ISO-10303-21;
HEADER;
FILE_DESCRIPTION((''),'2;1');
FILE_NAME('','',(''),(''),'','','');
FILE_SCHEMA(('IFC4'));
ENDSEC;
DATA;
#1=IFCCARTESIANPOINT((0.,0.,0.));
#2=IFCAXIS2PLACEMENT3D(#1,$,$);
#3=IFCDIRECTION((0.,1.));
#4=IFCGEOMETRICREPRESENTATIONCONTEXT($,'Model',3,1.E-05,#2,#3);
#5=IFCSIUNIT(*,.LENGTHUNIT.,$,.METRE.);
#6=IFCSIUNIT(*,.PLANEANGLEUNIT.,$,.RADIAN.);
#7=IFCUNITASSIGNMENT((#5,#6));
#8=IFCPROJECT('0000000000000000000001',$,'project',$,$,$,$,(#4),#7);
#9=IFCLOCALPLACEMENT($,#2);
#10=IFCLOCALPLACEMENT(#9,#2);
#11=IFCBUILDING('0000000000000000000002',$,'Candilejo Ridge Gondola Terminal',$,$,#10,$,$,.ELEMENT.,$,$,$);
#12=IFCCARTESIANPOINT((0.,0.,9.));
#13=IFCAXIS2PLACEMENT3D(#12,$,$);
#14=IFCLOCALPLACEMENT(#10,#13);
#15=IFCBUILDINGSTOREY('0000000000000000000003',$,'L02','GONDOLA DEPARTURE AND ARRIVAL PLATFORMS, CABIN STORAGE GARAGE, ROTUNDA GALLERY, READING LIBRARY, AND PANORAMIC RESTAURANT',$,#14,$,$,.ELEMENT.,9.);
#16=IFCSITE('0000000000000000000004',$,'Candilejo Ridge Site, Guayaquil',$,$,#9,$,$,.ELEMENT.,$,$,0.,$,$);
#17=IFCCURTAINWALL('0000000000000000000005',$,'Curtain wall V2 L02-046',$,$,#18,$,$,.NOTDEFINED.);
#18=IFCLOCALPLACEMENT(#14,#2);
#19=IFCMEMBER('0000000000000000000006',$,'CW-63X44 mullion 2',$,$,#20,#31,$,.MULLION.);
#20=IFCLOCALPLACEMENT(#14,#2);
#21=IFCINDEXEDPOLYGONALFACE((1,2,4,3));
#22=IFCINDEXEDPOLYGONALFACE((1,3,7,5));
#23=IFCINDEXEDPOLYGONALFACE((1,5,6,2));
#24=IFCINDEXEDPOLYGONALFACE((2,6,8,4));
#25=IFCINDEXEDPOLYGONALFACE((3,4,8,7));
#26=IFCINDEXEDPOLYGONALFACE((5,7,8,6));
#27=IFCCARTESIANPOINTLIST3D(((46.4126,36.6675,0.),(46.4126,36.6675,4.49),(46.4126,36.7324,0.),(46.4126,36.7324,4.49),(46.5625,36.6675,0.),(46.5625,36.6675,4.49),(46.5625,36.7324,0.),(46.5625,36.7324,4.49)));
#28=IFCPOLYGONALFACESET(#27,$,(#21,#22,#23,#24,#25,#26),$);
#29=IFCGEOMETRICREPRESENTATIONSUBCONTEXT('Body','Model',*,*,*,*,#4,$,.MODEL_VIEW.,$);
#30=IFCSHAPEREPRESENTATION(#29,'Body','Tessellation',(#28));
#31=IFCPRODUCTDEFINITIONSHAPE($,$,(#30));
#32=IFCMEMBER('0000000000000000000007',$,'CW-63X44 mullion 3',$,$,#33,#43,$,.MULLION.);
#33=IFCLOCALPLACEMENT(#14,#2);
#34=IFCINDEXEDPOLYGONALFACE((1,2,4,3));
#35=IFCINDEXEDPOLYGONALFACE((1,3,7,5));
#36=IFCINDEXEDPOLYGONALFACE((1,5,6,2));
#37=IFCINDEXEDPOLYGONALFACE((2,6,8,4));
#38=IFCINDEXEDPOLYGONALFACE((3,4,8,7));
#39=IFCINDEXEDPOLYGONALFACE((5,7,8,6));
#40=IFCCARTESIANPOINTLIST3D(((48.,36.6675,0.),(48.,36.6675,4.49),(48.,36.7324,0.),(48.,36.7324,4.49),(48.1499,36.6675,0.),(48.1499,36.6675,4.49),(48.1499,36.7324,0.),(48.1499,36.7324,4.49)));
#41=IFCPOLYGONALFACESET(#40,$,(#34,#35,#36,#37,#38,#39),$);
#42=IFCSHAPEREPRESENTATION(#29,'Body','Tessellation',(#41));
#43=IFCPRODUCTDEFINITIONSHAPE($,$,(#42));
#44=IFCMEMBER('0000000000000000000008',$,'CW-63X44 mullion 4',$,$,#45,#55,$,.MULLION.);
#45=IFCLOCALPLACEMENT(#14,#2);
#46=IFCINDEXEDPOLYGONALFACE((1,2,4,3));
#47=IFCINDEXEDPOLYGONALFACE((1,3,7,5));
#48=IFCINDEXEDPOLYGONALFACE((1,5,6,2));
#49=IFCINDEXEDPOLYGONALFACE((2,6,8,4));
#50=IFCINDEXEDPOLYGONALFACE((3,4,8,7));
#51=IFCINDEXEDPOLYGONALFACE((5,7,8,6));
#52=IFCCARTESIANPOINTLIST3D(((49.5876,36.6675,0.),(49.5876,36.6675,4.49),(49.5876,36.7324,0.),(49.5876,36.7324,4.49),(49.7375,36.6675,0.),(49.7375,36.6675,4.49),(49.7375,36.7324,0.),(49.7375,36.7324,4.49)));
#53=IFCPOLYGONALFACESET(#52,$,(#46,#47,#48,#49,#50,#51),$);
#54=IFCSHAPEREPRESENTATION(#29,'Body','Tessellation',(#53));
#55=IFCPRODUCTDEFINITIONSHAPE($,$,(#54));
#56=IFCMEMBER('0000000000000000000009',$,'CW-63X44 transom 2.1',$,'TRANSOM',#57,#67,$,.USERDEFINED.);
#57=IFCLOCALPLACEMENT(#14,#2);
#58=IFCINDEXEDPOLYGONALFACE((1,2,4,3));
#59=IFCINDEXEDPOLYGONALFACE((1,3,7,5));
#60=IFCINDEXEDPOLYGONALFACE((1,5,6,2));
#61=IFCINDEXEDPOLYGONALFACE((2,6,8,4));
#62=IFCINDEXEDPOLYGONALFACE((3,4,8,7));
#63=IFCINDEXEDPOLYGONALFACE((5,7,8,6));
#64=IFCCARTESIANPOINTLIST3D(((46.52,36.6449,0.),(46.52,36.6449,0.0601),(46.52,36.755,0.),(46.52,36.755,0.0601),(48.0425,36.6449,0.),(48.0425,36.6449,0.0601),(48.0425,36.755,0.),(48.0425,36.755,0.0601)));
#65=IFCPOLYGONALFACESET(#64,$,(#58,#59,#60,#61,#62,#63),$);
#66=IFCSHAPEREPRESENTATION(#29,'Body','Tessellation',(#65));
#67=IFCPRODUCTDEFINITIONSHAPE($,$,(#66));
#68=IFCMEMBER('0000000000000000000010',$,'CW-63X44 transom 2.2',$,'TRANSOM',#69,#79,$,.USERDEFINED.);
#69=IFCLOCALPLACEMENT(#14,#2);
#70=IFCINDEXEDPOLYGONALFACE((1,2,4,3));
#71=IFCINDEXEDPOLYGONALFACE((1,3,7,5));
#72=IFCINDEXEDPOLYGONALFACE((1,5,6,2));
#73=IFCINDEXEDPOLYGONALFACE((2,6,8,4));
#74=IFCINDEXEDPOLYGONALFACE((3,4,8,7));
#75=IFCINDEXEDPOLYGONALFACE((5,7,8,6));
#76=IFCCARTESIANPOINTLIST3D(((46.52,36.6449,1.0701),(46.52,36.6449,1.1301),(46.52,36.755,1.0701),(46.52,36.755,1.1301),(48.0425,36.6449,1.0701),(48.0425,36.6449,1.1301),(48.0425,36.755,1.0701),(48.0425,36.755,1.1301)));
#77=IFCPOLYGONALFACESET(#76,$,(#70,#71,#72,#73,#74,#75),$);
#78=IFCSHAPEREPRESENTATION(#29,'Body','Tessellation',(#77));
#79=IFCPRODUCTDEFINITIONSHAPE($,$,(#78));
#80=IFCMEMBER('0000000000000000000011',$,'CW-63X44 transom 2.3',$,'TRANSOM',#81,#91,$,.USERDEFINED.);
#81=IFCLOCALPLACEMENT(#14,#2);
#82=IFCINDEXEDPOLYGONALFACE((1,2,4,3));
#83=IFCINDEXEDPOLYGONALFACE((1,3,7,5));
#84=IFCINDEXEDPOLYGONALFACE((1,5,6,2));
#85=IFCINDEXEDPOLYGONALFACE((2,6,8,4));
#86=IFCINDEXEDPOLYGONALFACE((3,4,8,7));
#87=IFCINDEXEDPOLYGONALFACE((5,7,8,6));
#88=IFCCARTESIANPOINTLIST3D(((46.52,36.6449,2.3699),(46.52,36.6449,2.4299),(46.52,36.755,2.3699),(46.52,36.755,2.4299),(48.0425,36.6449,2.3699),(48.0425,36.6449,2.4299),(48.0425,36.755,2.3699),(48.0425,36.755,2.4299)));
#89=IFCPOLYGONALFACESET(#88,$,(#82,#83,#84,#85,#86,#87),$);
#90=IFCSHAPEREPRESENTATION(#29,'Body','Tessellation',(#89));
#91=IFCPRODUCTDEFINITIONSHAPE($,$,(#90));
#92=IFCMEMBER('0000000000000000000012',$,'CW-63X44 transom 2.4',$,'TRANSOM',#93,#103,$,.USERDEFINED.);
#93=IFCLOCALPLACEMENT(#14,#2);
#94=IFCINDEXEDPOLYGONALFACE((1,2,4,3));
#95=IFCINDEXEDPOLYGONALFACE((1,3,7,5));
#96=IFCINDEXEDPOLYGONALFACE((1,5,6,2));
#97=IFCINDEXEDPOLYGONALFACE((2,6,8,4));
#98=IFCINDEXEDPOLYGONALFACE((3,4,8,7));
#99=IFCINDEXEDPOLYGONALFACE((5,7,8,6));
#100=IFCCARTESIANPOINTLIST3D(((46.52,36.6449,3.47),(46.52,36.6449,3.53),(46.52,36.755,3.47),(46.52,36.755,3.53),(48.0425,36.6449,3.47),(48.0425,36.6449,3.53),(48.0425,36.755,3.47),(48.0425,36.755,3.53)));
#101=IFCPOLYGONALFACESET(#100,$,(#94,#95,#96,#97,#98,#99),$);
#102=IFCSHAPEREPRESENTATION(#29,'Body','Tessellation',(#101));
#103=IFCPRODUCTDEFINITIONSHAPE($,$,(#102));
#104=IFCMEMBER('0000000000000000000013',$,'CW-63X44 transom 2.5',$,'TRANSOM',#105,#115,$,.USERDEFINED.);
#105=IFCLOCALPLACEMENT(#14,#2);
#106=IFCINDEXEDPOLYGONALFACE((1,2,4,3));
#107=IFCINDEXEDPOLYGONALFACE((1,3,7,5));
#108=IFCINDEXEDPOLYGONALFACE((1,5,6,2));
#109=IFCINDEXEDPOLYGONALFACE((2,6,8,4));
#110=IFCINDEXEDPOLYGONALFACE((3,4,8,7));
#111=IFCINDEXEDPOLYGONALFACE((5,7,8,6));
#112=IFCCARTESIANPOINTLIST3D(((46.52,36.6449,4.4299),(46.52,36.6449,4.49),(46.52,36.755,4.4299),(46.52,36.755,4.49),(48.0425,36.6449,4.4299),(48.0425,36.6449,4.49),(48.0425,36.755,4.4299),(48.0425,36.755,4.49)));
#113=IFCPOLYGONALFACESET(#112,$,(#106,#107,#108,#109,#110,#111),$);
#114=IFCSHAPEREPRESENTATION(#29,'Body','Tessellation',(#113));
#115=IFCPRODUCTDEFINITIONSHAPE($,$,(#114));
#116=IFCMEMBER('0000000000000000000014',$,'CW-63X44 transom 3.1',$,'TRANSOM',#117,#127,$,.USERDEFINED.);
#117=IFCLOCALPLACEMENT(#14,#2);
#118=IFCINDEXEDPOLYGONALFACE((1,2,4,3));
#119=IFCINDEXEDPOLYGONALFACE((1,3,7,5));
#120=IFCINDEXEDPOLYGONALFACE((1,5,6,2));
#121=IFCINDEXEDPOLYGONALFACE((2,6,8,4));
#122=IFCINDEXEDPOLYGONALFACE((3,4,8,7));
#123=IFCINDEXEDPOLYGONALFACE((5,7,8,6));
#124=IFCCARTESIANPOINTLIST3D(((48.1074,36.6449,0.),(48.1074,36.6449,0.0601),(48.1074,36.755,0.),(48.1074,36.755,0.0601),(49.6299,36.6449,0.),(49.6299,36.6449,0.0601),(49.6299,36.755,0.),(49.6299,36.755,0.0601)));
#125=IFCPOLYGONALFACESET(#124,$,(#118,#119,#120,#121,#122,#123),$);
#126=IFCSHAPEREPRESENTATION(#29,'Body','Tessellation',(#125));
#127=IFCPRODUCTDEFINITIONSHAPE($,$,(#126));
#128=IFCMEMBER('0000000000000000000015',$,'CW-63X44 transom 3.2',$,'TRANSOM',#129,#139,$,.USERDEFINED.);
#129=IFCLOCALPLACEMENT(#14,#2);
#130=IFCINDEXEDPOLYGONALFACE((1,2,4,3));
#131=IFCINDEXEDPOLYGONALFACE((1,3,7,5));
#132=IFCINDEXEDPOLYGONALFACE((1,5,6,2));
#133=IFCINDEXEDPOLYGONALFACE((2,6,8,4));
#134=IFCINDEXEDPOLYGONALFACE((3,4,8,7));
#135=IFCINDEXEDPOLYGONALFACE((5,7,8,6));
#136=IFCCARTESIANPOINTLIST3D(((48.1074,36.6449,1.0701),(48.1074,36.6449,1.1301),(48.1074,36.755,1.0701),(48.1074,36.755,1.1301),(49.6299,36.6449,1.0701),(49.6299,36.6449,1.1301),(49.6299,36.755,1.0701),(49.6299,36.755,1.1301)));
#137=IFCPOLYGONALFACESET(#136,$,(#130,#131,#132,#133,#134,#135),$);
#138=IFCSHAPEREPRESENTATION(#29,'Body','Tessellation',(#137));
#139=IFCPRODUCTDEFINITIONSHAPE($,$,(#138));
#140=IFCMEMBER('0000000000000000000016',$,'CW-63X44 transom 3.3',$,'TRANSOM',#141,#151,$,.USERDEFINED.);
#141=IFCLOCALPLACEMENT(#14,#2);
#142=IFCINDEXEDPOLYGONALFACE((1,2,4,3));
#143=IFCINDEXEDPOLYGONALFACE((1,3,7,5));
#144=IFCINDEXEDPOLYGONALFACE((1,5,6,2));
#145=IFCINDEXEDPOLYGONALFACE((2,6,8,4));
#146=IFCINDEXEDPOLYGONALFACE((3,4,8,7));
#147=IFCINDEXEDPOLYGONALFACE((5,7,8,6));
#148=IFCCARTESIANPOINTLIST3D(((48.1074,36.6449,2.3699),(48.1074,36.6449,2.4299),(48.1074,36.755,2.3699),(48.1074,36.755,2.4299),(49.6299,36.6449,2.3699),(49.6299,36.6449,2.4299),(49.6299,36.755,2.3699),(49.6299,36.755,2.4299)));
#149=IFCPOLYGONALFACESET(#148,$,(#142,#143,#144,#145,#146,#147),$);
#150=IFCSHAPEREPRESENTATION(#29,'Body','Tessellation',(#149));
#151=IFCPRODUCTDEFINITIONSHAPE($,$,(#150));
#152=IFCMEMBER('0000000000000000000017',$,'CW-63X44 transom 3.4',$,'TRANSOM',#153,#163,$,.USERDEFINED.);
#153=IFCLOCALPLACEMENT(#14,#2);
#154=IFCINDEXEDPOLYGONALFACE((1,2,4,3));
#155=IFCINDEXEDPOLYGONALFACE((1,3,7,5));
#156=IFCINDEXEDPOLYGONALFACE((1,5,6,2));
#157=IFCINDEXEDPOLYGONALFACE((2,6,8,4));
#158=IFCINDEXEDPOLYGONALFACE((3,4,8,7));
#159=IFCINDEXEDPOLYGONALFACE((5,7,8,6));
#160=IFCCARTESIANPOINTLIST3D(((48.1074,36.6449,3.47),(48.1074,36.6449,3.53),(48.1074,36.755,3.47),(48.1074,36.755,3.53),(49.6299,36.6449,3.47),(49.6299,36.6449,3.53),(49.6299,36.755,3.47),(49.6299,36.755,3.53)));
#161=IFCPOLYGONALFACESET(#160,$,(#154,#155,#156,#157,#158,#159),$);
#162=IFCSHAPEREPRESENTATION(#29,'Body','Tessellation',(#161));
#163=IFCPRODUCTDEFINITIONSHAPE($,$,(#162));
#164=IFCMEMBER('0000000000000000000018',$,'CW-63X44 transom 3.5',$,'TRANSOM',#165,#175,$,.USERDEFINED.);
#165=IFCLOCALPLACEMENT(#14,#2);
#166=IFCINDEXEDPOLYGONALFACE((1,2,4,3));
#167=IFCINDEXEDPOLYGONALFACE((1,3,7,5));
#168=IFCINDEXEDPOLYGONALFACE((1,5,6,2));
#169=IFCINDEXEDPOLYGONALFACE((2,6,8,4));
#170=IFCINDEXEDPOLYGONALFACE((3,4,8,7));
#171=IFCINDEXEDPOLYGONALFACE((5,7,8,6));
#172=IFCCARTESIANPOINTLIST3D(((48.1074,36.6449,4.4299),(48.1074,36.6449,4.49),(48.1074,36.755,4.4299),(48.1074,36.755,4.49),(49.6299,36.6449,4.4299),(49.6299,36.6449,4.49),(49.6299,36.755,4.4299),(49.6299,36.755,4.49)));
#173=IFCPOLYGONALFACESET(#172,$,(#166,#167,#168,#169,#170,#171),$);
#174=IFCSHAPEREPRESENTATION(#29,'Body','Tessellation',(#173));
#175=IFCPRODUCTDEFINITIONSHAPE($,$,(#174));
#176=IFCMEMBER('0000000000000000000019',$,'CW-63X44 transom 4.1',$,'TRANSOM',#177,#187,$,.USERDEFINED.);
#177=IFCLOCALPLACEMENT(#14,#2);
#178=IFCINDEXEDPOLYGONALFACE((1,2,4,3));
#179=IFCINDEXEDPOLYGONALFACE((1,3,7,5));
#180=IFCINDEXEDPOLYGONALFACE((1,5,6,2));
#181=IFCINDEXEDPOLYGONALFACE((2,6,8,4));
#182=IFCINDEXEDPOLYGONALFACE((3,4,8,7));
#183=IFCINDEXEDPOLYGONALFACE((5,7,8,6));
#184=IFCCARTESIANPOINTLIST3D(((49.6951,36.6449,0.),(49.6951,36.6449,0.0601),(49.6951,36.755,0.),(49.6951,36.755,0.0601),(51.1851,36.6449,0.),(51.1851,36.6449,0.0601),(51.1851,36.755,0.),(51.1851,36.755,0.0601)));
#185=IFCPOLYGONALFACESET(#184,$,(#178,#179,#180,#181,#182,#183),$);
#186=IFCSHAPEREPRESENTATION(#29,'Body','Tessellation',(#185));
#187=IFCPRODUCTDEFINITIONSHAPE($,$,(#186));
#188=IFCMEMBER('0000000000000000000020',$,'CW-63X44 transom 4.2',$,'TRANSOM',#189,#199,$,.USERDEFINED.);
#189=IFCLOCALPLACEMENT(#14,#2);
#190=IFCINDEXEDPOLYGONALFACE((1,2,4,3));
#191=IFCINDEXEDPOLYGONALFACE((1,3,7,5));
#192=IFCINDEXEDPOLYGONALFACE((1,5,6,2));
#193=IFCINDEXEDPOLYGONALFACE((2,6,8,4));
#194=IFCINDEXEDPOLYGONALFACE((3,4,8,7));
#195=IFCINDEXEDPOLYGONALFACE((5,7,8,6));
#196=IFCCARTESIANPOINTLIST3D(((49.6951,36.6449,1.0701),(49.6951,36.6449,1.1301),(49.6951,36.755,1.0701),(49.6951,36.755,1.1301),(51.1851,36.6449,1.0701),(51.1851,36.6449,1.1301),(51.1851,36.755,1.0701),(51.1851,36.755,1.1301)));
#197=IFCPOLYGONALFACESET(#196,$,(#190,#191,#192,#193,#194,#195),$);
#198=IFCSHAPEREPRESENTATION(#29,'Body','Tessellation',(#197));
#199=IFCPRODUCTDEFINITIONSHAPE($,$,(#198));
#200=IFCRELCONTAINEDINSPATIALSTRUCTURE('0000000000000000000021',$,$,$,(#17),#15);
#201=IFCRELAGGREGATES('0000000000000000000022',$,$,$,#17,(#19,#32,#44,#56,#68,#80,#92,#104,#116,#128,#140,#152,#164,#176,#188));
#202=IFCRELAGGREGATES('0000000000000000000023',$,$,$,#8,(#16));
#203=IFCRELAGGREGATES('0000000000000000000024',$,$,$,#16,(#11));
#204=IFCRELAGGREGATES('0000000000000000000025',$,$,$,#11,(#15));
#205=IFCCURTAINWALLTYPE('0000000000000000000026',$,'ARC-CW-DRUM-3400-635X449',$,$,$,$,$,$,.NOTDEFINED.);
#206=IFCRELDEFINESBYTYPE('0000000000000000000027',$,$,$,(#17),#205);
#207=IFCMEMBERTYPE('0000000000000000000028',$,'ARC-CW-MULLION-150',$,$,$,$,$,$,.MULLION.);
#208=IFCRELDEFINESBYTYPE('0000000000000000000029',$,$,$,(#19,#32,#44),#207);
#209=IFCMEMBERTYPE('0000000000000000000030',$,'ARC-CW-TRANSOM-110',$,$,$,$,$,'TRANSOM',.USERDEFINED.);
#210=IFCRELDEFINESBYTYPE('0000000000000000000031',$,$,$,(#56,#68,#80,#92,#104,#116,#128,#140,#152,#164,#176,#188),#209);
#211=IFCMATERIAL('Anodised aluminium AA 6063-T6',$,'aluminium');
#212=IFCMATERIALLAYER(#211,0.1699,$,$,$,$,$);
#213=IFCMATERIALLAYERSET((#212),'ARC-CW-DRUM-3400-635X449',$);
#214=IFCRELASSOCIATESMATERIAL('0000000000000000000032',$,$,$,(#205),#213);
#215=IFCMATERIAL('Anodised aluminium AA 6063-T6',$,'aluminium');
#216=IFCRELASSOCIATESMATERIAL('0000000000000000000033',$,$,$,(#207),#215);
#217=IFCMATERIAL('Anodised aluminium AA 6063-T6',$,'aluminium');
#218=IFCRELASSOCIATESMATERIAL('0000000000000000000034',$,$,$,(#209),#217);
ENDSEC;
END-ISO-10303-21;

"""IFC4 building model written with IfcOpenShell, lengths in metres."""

from ifc_helpers import new_model, si_unit, direction, frame, origin, origin_2d, place, context, subcontext, project, spatial, rectangle, extrude, material, layer, layer_set, material_profile, profile_set, type_object, element, aggregate, save


model = new_model("IFC4")

# Units and contexts
model_context = context("Model", 3, precision=1e-05, world=origin(), true_north=direction((0.0, 1.0)))
body_context = subcontext(model_context, "Body", "Model", "MODEL_VIEW")
ifc_project = project(units=[si_unit("LENGTHUNIT", "METRE"), si_unit("PLANEANGLEUNIT", "RADIAN")], contexts=[model_context])

# Site, building, storey
site_placement = place(None, origin())
site = spatial("IfcSite", under=ifc_project, at=site_placement, Name="Candilejo Ridge Site, Guayaquil", CompositionType="ELEMENT", RefElevation=0.0)
building_placement = place(site_placement, origin())
building = spatial("IfcBuilding", under=site, at=building_placement, Name="Candilejo Ridge Gondola Terminal", CompositionType="ELEMENT")
storey_placement = place(building_placement, frame((0.0, 0.0, 9.0)))
storey = spatial("IfcBuildingStorey", under=building, at=storey_placement, Name="L02", Description="GONDOLA DEPARTURE AND ARRIVAL PLATFORMS, CABIN STORAGE GARAGE, ROTUNDA GALLERY, READING LIBRARY, AND PANORAMIC RESTAURANT", CompositionType="ELEMENT", Elevation=9.0)

# Curtain wall, members
ifc_material_1 = material(Name="Anodised aluminium AA 6063-T6", Category="aluminium")
ifc_layer_1 = layer(ifc_material_1, 0.1699)
ifc_layer_set_1 = layer_set([ifc_layer_1], Name="ARC-CW-DRUM-3400-635X449")
curtain_wall_type = type_object("IfcCurtainWallType", Name="ARC-CW-DRUM-3400-635X449", PredefinedType="NOTDEFINED", material=ifc_layer_set_1)
curtain_wall_placement = place(storey_placement, origin())
curtain_wall = element("IfcCurtainWall", 1, at=curtain_wall_placement, inside=storey, type_object=curtain_wall_type, Name="Curtain wall V2 L02-046", PredefinedType="NOTDEFINED")
ifc_material_2 = material(Name="Anodised aluminium AA 6063-T6", Category="aluminium")
ifc_material_profile_1 = material_profile(ifc_material_2, rectangle(XDim=0.0649, YDim=0.1499, at=origin_2d()))
ifc_profile_set_1 = profile_set([ifc_material_profile_1], Name="Anodised aluminium AA 6063-T6")
member_type_1 = type_object("IfcMemberType", Name="ARC-CW-MULLION-150", PredefinedType="MULLION", material=ifc_profile_set_1)
member_1_placement = place(storey_placement, frame((46.4875, 36.7, 0.0), z_axis=(0.0, 0.0, 1.0), x_axis=(0.0, 1.0, 0.0)))
member_1 = element("IfcMember", 2, at=member_1_placement, type_object=member_type_1, Name="CW-63X44 mullion 2", PredefinedType="MULLION", context=body_context, shape_type="SweptSolid", body=[
    extrude(rectangle(XDim=0.0649, YDim=0.1499, at=origin_2d()), origin(), (0.0, 0.0, 1.0), 4.49),
])
member_2_placement = place(storey_placement, frame((48.075, 36.7, 0.0), z_axis=(0.0, 0.0, 1.0), x_axis=(0.0, 1.0, 0.0)))
member_2 = element("IfcMember", 3, at=member_2_placement, type_object=member_type_1, Name="CW-63X44 mullion 3", PredefinedType="MULLION", context=body_context, shape_type="SweptSolid", body=[
    extrude(rectangle(XDim=0.0649, YDim=0.1499, at=origin_2d()), origin(), (0.0, 0.0, 1.0), 4.49),
])
member_3_placement = place(storey_placement, frame((49.6626, 36.7, 0.0), z_axis=(0.0, 0.0, 1.0), x_axis=(0.0, 1.0, 0.0)))
member_3 = element("IfcMember", 4, at=member_3_placement, type_object=member_type_1, Name="CW-63X44 mullion 4", PredefinedType="MULLION", context=body_context, shape_type="SweptSolid", body=[
    extrude(rectangle(XDim=0.0649, YDim=0.1499, at=origin_2d()), origin(), (0.0, 0.0, 1.0), 4.49),
])
ifc_material_3 = material(Name="Anodised aluminium AA 6063-T6", Category="aluminium")
ifc_material_profile_2 = material_profile(ifc_material_3, rectangle(XDim=0.1101, YDim=0.0601, at=origin_2d()))
ifc_profile_set_2 = profile_set([ifc_material_profile_2], Name="Anodised aluminium AA 6063-T6")
member_type_2 = type_object("IfcMemberType", Name="ARC-CW-TRANSOM-110", ElementType="TRANSOM", PredefinedType="USERDEFINED", material=ifc_profile_set_2)
member_4_placement = place(storey_placement, frame((46.52, 36.7, 0.03), z_axis=(1.0, 0.0, 0.0), x_axis=(0.0, 1.0, 0.0)))
member_4 = element("IfcMember", 5, at=member_4_placement, type_object=member_type_2, Name="CW-63X44 transom 2.1", ObjectType="TRANSOM", PredefinedType="USERDEFINED", context=body_context, shape_type="SweptSolid", body=[
    extrude(rectangle(XDim=0.1101, YDim=0.0601, at=origin_2d()), origin(), (0.0, 0.0, 1.0), 1.5225),
])
member_5_placement = place(storey_placement, frame((46.52, 36.7, 1.1001), z_axis=(1.0, 0.0, 0.0), x_axis=(0.0, 1.0, 0.0)))
member_5 = element("IfcMember", 6, at=member_5_placement, type_object=member_type_2, Name="CW-63X44 transom 2.2", ObjectType="TRANSOM", PredefinedType="USERDEFINED", context=body_context, shape_type="SweptSolid", body=[
    extrude(rectangle(XDim=0.1101, YDim=0.0601, at=origin_2d()), origin(), (0.0, 0.0, 1.0), 1.5225),
])
member_6_placement = place(storey_placement, frame((46.52, 36.7, 2.3999), z_axis=(1.0, 0.0, 0.0), x_axis=(0.0, 1.0, 0.0)))
member_6 = element("IfcMember", 7, at=member_6_placement, type_object=member_type_2, Name="CW-63X44 transom 2.3", ObjectType="TRANSOM", PredefinedType="USERDEFINED", context=body_context, shape_type="SweptSolid", body=[
    extrude(rectangle(XDim=0.1101, YDim=0.0601, at=origin_2d()), origin(), (0.0, 0.0, 1.0), 1.5225),
])
member_7_placement = place(storey_placement, frame((46.52, 36.7, 3.5), z_axis=(1.0, 0.0, 0.0), x_axis=(0.0, 1.0, 0.0)))
member_7 = element("IfcMember", 8, at=member_7_placement, type_object=member_type_2, Name="CW-63X44 transom 2.4", ObjectType="TRANSOM", PredefinedType="USERDEFINED", context=body_context, shape_type="SweptSolid", body=[
    extrude(rectangle(XDim=0.1101, YDim=0.0601, at=origin_2d()), origin(), (0.0, 0.0, 1.0), 1.5225),
])
member_8_placement = place(storey_placement, frame((46.52, 36.7, 4.46), z_axis=(1.0, 0.0, 0.0), x_axis=(0.0, 1.0, 0.0)))
member_8 = element("IfcMember", 9, at=member_8_placement, type_object=member_type_2, Name="CW-63X44 transom 2.5", ObjectType="TRANSOM", PredefinedType="USERDEFINED", context=body_context, shape_type="SweptSolid", body=[
    extrude(rectangle(XDim=0.1101, YDim=0.0601, at=origin_2d()), origin(), (0.0, 0.0, 1.0), 1.5225),
])
member_9_placement = place(storey_placement, frame((48.1074, 36.7, 0.03), z_axis=(1.0, 0.0, 0.0), x_axis=(0.0, 1.0, 0.0)))
member_9 = element("IfcMember", 10, at=member_9_placement, type_object=member_type_2, Name="CW-63X44 transom 3.1", ObjectType="TRANSOM", PredefinedType="USERDEFINED", context=body_context, shape_type="SweptSolid", body=[
    extrude(rectangle(XDim=0.1101, YDim=0.0601, at=origin_2d()), origin(), (0.0, 0.0, 1.0), 1.5225),
])
member_10_placement = place(storey_placement, frame((48.1074, 36.7, 1.1001), z_axis=(1.0, 0.0, 0.0), x_axis=(0.0, 1.0, 0.0)))
member_10 = element("IfcMember", 11, at=member_10_placement, type_object=member_type_2, Name="CW-63X44 transom 3.2", ObjectType="TRANSOM", PredefinedType="USERDEFINED", context=body_context, shape_type="SweptSolid", body=[
    extrude(rectangle(XDim=0.1101, YDim=0.0601, at=origin_2d()), origin(), (0.0, 0.0, 1.0), 1.5225),
])
member_11_placement = place(storey_placement, frame((48.1074, 36.7, 2.3999), z_axis=(1.0, 0.0, 0.0), x_axis=(0.0, 1.0, 0.0)))
member_11 = element("IfcMember", 12, at=member_11_placement, type_object=member_type_2, Name="CW-63X44 transom 3.3", ObjectType="TRANSOM", PredefinedType="USERDEFINED", context=body_context, shape_type="SweptSolid", body=[
    extrude(rectangle(XDim=0.1101, YDim=0.0601, at=origin_2d()), origin(), (0.0, 0.0, 1.0), 1.5225),
])
member_12_placement = place(storey_placement, frame((48.1074, 36.7, 3.5), z_axis=(1.0, 0.0, 0.0), x_axis=(0.0, 1.0, 0.0)))
member_12 = element("IfcMember", 13, at=member_12_placement, type_object=member_type_2, Name="CW-63X44 transom 3.4", ObjectType="TRANSOM", PredefinedType="USERDEFINED", context=body_context, shape_type="SweptSolid", body=[
    extrude(rectangle(XDim=0.1101, YDim=0.0601, at=origin_2d()), origin(), (0.0, 0.0, 1.0), 1.5225),
])
member_13_placement = place(storey_placement, frame((48.1074, 36.7, 4.46), z_axis=(1.0, 0.0, 0.0), x_axis=(0.0, 1.0, 0.0)))
member_13 = element("IfcMember", 14, at=member_13_placement, type_object=member_type_2, Name="CW-63X44 transom 3.5", ObjectType="TRANSOM", PredefinedType="USERDEFINED", context=body_context, shape_type="SweptSolid", body=[
    extrude(rectangle(XDim=0.1101, YDim=0.0601, at=origin_2d()), origin(), (0.0, 0.0, 1.0), 1.5225),
])
member_14_placement = place(storey_placement, frame((49.6951, 36.7, 0.03), z_axis=(1.0, 0.0, 0.0), x_axis=(0.0, 1.0, 0.0)))
member_14 = element("IfcMember", 15, at=member_14_placement, type_object=member_type_2, Name="CW-63X44 transom 4.1", ObjectType="TRANSOM", PredefinedType="USERDEFINED", context=body_context, shape_type="SweptSolid", body=[
    extrude(rectangle(XDim=0.1101, YDim=0.0601, at=origin_2d()), origin(), (0.0, 0.0, 1.0), 1.49),
])
member_15_placement = place(storey_placement, frame((49.6951, 36.7, 1.1001), z_axis=(1.0, 0.0, 0.0), x_axis=(0.0, 1.0, 0.0)))
member_15 = element("IfcMember", 16, at=member_15_placement, type_object=member_type_2, Name="CW-63X44 transom 4.2", ObjectType="TRANSOM", PredefinedType="USERDEFINED", context=body_context, shape_type="SweptSolid", body=[
    extrude(rectangle(XDim=0.1101, YDim=0.0601, at=origin_2d()), origin(), (0.0, 0.0, 1.0), 1.49),
])
aggregate(curtain_wall, [member_1, member_2, member_3, member_4, member_5, member_6, member_7, member_8, member_9, member_10, member_11, member_12, member_13, member_14, member_15])

save(model, "model.ifc")
